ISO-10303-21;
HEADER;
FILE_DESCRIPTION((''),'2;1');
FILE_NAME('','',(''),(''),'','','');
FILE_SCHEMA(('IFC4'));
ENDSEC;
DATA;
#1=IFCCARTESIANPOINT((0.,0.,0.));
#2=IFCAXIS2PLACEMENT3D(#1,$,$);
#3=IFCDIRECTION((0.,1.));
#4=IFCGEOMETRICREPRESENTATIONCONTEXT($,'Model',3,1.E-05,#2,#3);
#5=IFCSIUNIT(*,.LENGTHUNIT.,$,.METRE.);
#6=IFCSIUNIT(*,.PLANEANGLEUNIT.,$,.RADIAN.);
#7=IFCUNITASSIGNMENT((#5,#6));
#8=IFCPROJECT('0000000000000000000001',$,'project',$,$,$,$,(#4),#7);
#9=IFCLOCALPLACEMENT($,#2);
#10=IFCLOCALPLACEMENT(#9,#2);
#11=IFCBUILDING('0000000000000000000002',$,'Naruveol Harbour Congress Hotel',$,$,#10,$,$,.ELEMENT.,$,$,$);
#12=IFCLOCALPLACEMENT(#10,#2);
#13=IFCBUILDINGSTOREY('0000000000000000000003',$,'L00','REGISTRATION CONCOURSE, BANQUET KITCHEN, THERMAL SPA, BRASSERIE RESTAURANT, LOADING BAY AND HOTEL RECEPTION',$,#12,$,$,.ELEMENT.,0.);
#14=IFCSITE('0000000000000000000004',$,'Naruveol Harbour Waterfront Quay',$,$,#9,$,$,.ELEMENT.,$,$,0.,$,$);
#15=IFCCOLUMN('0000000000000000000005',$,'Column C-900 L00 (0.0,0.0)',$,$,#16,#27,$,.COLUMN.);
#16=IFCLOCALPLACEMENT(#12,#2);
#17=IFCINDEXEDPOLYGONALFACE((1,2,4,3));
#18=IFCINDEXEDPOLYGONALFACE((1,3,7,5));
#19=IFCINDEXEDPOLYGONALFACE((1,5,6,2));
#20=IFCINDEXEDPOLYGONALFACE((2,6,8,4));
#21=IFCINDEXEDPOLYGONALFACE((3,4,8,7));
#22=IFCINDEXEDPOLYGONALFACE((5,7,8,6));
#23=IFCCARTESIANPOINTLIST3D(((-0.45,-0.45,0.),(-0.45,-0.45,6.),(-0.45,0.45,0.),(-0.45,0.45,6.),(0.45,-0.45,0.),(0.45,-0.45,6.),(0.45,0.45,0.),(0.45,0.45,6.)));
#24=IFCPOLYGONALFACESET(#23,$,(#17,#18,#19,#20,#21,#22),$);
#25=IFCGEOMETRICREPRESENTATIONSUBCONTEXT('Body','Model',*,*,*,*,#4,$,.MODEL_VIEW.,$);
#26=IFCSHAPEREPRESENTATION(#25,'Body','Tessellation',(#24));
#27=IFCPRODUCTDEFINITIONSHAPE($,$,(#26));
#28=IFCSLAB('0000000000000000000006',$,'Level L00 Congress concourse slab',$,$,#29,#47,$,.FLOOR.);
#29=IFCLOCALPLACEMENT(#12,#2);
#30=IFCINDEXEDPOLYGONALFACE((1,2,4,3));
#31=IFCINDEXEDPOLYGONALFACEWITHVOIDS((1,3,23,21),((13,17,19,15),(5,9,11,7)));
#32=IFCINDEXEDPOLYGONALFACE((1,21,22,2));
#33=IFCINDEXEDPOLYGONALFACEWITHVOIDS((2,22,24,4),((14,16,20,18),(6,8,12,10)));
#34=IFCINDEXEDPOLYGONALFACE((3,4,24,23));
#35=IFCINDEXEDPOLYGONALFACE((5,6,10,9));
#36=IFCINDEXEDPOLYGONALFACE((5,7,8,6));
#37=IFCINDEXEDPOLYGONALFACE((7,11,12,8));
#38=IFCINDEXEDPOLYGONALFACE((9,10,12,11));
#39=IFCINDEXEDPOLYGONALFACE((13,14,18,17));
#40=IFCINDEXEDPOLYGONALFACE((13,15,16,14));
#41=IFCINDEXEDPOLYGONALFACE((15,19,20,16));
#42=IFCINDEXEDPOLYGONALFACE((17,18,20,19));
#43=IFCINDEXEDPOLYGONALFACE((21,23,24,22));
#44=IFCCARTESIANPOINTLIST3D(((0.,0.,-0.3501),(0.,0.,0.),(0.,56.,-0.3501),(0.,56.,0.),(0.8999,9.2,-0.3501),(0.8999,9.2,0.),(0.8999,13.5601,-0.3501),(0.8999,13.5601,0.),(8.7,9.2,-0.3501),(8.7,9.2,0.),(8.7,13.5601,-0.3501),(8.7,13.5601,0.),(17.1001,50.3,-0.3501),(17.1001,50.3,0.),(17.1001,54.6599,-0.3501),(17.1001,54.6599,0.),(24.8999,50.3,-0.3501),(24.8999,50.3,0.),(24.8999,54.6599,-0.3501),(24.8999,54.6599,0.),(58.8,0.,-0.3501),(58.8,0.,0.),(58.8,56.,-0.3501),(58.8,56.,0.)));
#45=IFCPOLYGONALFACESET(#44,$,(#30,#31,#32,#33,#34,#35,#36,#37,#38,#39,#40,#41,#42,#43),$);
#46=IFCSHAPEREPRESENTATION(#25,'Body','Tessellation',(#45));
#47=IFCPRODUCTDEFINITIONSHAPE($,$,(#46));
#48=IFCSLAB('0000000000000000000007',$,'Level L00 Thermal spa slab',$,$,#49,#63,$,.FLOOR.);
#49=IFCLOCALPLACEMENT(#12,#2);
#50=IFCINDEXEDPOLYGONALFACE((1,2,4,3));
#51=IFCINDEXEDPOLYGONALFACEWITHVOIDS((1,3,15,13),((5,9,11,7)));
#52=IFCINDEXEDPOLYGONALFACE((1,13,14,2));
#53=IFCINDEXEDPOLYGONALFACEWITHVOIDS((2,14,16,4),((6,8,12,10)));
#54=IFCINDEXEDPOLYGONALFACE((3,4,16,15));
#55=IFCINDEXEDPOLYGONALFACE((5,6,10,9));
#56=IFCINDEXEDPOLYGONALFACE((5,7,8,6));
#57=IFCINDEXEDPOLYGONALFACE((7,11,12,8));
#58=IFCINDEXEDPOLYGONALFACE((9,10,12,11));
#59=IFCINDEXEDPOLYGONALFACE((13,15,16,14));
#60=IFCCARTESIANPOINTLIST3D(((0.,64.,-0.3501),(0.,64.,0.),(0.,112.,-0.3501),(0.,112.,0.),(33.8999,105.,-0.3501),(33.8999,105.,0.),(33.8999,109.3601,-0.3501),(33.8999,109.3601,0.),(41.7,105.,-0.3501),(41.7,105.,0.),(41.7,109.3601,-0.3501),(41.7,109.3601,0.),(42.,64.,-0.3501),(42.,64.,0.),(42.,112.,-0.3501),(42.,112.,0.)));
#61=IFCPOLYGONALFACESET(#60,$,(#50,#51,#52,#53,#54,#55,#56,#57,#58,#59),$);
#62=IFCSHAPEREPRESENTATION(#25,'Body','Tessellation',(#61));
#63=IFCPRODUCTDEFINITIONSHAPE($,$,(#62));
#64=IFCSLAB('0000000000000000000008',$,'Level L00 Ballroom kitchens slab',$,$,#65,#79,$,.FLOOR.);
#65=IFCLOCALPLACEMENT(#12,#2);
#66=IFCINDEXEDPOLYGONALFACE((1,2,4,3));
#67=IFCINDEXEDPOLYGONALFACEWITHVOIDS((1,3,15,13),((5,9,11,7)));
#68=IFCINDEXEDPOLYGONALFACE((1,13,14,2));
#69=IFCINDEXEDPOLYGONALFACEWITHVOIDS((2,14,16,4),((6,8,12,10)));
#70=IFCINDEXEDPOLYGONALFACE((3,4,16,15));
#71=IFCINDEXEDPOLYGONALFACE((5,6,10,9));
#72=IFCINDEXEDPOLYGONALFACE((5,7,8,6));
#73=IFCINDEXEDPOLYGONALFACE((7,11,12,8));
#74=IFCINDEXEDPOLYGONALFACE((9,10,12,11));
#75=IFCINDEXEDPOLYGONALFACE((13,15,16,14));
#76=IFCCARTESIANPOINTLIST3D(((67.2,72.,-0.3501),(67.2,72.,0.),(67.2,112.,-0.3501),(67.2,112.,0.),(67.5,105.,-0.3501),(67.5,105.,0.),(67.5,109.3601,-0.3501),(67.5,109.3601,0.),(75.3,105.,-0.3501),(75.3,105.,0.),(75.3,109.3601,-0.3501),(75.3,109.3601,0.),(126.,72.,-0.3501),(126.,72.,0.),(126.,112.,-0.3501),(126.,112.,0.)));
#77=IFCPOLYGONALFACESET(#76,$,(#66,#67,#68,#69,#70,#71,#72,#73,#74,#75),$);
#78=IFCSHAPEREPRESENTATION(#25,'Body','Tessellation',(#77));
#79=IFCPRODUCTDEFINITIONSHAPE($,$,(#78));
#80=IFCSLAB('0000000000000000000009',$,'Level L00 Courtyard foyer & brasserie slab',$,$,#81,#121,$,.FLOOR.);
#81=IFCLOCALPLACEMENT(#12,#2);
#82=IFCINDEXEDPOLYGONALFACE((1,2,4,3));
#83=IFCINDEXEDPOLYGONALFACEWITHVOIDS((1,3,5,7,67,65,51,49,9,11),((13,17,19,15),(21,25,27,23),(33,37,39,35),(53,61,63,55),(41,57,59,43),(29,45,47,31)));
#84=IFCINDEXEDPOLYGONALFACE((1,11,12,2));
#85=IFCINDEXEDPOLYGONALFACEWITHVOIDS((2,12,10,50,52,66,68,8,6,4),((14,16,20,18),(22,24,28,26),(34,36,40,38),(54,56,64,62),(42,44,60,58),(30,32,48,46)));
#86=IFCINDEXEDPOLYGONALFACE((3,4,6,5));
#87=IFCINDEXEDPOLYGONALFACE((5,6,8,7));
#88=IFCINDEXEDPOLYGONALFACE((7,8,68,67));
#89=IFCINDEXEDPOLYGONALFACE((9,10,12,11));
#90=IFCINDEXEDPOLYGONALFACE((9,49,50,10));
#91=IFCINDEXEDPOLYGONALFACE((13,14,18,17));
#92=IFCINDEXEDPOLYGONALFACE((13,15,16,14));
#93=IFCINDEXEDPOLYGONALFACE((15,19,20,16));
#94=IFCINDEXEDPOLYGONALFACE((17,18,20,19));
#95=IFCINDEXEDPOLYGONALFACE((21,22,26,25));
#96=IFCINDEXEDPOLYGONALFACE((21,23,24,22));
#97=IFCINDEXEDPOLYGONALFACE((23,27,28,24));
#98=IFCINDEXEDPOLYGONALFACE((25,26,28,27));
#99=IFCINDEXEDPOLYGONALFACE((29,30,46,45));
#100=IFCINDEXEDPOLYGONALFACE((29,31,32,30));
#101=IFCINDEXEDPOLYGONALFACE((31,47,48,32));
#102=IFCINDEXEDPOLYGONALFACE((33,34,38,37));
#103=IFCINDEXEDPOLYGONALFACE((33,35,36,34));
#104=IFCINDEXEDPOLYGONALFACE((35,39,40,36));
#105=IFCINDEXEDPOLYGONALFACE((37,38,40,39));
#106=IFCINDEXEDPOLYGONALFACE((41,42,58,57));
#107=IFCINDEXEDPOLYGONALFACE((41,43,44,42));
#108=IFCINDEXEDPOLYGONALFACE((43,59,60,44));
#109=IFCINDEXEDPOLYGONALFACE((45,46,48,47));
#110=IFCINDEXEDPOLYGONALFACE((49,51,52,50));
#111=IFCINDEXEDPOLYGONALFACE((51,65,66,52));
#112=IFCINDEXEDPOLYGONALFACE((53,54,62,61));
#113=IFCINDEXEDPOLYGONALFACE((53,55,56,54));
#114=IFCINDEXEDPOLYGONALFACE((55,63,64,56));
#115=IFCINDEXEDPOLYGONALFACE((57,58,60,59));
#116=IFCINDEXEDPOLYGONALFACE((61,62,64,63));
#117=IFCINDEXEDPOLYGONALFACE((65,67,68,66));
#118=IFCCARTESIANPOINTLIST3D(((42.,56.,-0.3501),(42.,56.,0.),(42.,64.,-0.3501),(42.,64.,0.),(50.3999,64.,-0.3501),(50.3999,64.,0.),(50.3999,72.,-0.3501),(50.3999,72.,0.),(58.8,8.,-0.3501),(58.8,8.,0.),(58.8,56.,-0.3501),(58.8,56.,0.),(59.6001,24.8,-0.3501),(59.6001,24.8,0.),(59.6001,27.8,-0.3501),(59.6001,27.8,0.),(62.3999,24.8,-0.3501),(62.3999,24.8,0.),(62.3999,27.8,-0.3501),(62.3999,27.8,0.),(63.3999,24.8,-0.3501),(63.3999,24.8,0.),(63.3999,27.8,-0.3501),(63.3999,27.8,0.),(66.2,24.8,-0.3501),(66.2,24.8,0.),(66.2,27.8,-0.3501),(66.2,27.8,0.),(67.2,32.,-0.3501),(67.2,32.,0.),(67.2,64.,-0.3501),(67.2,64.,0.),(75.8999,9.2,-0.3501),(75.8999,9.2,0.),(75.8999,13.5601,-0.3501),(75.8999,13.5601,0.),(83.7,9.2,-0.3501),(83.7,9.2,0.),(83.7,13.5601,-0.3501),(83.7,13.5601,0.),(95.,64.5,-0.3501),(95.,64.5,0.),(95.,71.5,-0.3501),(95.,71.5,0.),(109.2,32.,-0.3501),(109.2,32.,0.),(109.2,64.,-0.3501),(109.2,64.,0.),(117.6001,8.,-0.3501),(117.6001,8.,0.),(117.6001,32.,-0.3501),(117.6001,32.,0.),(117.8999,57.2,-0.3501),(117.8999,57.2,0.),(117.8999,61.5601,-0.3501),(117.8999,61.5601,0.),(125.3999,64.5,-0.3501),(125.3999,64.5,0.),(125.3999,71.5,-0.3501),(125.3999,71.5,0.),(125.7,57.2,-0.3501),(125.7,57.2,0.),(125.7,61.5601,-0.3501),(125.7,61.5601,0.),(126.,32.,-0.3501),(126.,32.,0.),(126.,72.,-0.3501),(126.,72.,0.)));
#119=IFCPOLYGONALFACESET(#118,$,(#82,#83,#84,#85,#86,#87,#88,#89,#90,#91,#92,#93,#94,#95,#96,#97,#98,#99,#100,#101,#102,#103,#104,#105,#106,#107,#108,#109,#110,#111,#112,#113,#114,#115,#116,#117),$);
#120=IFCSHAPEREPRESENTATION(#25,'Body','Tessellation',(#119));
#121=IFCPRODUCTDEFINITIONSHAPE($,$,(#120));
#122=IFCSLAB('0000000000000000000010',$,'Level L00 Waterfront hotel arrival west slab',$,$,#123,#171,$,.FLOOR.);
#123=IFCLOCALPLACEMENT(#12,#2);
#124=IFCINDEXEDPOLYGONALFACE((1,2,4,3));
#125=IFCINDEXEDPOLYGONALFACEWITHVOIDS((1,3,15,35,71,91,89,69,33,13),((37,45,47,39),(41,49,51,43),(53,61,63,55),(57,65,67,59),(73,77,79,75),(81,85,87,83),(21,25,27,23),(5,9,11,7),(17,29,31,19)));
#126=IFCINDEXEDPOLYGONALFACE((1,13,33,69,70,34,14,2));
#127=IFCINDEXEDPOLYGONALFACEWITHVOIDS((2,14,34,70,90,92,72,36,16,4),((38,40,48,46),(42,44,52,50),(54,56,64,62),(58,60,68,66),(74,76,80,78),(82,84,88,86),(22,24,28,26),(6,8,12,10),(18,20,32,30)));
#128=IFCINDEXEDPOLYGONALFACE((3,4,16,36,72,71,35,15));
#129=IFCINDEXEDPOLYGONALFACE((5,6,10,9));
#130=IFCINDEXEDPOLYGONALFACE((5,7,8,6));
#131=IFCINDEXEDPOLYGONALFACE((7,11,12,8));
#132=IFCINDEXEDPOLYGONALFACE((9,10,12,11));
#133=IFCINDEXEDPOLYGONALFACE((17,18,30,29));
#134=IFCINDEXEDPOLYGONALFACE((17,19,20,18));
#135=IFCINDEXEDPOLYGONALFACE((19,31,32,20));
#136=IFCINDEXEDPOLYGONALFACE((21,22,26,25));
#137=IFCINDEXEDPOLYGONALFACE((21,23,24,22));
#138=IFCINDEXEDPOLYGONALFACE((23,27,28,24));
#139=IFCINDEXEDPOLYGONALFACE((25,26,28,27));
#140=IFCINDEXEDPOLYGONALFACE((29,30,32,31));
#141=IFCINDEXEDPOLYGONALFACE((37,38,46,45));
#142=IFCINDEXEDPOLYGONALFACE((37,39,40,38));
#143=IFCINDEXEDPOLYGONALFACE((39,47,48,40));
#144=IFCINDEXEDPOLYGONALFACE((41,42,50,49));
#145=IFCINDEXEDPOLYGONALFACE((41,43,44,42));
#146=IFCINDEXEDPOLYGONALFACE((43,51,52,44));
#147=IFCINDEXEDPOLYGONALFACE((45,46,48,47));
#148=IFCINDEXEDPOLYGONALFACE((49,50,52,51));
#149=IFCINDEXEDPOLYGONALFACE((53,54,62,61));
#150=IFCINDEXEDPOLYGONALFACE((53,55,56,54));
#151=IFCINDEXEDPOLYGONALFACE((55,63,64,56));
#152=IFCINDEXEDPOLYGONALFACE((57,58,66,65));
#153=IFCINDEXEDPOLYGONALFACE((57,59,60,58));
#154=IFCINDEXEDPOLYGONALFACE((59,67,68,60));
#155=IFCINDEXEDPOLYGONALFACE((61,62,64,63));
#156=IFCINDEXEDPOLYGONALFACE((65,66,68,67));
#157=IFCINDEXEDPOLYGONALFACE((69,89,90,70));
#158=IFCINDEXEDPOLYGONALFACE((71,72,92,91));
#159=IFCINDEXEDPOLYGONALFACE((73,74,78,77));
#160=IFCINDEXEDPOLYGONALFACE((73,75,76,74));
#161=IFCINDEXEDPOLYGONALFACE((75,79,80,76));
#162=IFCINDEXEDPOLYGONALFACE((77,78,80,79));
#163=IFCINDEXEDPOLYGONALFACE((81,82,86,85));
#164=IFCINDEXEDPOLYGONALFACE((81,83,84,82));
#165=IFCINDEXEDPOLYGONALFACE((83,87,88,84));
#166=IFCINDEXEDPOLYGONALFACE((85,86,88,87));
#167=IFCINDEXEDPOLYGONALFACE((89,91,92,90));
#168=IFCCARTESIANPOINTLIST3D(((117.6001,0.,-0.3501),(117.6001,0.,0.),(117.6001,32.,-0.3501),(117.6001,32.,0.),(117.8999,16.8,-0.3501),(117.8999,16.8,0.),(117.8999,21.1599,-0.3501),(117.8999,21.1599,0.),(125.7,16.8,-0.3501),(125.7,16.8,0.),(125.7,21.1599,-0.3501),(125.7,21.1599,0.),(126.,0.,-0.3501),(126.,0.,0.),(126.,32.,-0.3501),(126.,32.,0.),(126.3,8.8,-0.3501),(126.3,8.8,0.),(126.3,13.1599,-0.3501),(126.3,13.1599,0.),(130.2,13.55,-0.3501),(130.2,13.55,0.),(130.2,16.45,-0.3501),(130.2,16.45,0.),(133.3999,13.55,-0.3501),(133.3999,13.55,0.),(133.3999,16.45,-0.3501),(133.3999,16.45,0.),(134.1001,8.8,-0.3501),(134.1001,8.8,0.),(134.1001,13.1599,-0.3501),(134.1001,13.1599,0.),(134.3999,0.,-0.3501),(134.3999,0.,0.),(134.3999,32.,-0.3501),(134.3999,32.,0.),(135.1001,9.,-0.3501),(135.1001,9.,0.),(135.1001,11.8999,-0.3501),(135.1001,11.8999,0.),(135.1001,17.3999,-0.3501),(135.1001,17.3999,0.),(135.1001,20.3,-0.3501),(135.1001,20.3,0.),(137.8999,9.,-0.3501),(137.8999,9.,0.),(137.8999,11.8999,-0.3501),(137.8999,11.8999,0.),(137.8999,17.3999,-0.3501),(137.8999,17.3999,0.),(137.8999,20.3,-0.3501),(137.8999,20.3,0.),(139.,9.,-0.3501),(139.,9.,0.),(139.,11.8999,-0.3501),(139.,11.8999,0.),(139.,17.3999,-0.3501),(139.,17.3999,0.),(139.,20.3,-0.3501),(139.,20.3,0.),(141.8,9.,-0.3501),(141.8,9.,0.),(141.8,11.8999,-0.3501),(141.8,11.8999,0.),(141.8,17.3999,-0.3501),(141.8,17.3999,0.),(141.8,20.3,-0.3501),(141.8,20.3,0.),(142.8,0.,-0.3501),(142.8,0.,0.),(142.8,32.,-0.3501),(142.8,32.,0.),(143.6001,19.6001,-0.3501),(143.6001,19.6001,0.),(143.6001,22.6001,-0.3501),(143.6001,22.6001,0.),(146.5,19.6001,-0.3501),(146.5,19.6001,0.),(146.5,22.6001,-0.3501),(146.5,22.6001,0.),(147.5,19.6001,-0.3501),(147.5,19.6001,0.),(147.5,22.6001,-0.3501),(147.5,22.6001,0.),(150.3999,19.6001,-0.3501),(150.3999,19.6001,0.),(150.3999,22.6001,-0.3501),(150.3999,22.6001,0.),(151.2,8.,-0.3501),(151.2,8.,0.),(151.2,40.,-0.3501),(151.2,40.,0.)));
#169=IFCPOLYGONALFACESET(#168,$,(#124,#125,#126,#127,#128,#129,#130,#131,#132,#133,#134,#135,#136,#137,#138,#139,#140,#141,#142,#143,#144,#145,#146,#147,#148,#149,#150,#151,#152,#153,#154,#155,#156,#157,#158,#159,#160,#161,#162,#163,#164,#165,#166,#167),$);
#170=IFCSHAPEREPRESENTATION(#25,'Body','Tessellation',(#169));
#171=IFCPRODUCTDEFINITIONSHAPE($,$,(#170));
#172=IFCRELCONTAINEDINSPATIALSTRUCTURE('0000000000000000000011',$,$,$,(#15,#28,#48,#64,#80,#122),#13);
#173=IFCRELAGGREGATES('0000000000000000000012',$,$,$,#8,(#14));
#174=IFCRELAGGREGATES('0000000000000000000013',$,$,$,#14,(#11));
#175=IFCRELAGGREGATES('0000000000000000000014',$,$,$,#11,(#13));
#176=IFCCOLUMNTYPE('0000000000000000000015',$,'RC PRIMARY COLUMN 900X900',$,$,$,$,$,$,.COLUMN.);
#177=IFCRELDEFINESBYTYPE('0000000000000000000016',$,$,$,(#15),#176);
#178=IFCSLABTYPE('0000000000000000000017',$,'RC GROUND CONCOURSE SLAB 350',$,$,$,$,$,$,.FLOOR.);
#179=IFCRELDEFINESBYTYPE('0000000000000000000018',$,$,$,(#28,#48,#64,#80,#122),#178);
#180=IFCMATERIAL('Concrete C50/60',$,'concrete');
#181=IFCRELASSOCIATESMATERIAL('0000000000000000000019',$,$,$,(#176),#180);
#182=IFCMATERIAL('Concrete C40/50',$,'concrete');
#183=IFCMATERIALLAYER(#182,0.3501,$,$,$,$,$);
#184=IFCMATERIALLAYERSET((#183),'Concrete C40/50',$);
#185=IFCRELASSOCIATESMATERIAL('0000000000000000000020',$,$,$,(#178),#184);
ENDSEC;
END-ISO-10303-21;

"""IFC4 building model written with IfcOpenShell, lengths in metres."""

from ifc_helpers import new_model, si_unit, direction, frame, origin, origin_with_axes, origin_2d, place, context, subcontext, project, spatial, polyline, rectangle, outline, extrude, material, layer, layer_set, material_profile, profile_set, type_object, element, save


model = new_model("IFC4")

# Units and contexts
model_context = context("Model", 3, precision=1e-05, world=origin(), true_north=direction((0.0, 1.0)))
body_context = subcontext(model_context, "Body", "Model", "MODEL_VIEW")
ifc_project = project(units=[si_unit("LENGTHUNIT", "METRE"), si_unit("PLANEANGLEUNIT", "RADIAN")], contexts=[model_context])

# Site, building, storey
site_placement = place(None, origin())
site = spatial("IfcSite", under=ifc_project, at=site_placement, Name="Naruveol Harbour Waterfront Quay", CompositionType="ELEMENT", RefElevation=0.0)
building_placement = place(site_placement, origin())
building = spatial("IfcBuilding", under=site, at=building_placement, Name="Naruveol Harbour Congress Hotel", CompositionType="ELEMENT")
storey_placement = place(building_placement, origin())
storey = spatial("IfcBuildingStorey", under=building, at=storey_placement, Name="L00", Description="REGISTRATION CONCOURSE, BANQUET KITCHEN, THERMAL SPA, BRASSERIE RESTAURANT, LOADING BAY AND HOTEL RECEPTION", CompositionType="ELEMENT", Elevation=0.0)

# Column
ifc_material_1 = material(Name="Concrete C50/60", Category="concrete")
ifc_material_profile = material_profile(ifc_material_1, rectangle(XDim=0.8999, YDim=0.8999, at=origin_2d()), Name="RC-900x900")
ifc_profile_set = profile_set([ifc_material_profile], Name="Concrete C50/60")
column_type = type_object("IfcColumnType", Name="RC PRIMARY COLUMN 900X900", PredefinedType="COLUMN", material=ifc_profile_set)
column_placement = place(storey_placement, origin_with_axes())
element("IfcColumn", 1, at=column_placement, inside=storey, type_object=column_type, Name="Column C-900 L00 (0.0,0.0)", PredefinedType="COLUMN", context=body_context, shape_type="SweptSolid", body=[
    extrude(rectangle(XDim=0.8999, YDim=0.8999, at=origin_2d()), origin(), (0.0, 0.0, 1.0), 6.0),
])

# Slabs
ifc_material_2 = material(Name="Concrete C40/50", Category="concrete")
ifc_layer_1 = layer(ifc_material_2, 0.3501)
ifc_layer_set_1 = layer_set([ifc_layer_1], Name="Concrete C40/50")
slab_type_1 = type_object("IfcSlabType", Name="RC GROUND CONCOURSE SLAB 350", PredefinedType="FLOOR", material=ifc_layer_set_1)
slab_1_placement = place(storey_placement, frame((0.0, 0.0, -0.3501)))
element("IfcSlab", 2, at=slab_1_placement, inside=storey, type_object=slab_type_1, Name="Level L00 Congress concourse slab", PredefinedType="FLOOR", context=body_context, shape_type="SweptSolid", body=[
    extrude(outline(polyline([(0.0, 0.0), (58.8, 0.0), (58.8, 56.0), (0.0, 56.0), (0.0, 0.0)]), holes=[polyline([(0.8999, 9.2), (8.7, 9.2), (8.7, 13.5601), (0.8999, 13.5601), (0.8999, 9.2)]), polyline([(17.1001, 50.3), (24.8999, 50.3), (24.8999, 54.6599), (17.1001, 54.6599), (17.1001, 50.3)])]), origin(), (0.0, 0.0, 1.0), 0.3501),
])
slab_2_placement = place(storey_placement, frame((0.0, 0.0, -0.3501)))
element("IfcSlab", 3, at=slab_2_placement, inside=storey, type_object=slab_type_1, Name="Level L00 Thermal spa slab", PredefinedType="FLOOR", context=body_context, shape_type="SweptSolid", body=[
    extrude(outline(polyline([(0.0, 64.0), (42.0, 64.0), (42.0, 112.0), (0.0, 112.0), (0.0, 64.0)]), holes=[polyline([(33.8999, 105.0), (41.7, 105.0), (41.7, 109.3601), (33.8999, 109.3601), (33.8999, 105.0)])]), origin(), (0.0, 0.0, 1.0), 0.3501),
])
slab_3_placement = place(storey_placement, frame((0.0, 0.0, -0.3501)))
element("IfcSlab", 4, at=slab_3_placement, inside=storey, type_object=slab_type_1, Name="Level L00 Ballroom kitchens slab", PredefinedType="FLOOR", context=body_context, shape_type="SweptSolid", body=[
    extrude(outline(polyline([(67.2, 72.0), (126.0, 72.0), (126.0, 112.0), (67.2, 112.0), (67.2, 72.0)]), holes=[polyline([(67.5, 105.0), (75.3, 105.0), (75.3, 109.3601), (67.5, 109.3601), (67.5, 105.0)])]), origin(), (0.0, 0.0, 1.0), 0.3501),
])
slab_4_placement = place(storey_placement, frame((0.0, 0.0, -0.3501)))
element("IfcSlab", 5, at=slab_4_placement, inside=storey, type_object=slab_type_1, Name="Level L00 Courtyard foyer & brasserie slab", PredefinedType="FLOOR", context=body_context, shape_type="SweptSolid", body=[
    extrude(outline(polyline([(58.8, 8.0), (117.6001, 8.0), (117.6001, 32.0), (126.0, 32.0), (126.0, 72.0), (50.3999, 72.0), (50.3999, 64.0), (42.0, 64.0), (42.0, 56.0), (58.8, 56.0), (58.8, 8.0)]), holes=[polyline([(67.2, 32.0), (109.2, 32.0), (109.2, 64.0), (67.2, 64.0), (67.2, 32.0)]), polyline([(95.0, 64.5), (125.3999, 64.5), (125.3999, 71.5), (95.0, 71.5), (95.0, 64.5)]), polyline([(117.8999, 57.2), (125.7, 57.2), (125.7, 61.5601), (117.8999, 61.5601), (117.8999, 57.2)]), polyline([(75.8999, 9.2), (83.7, 9.2), (83.7, 13.5601), (75.8999, 13.5601), (75.8999, 9.2)]), polyline([(59.6001, 24.8), (62.3999, 24.8), (62.3999, 27.8), (59.6001, 27.8), (59.6001, 24.8)]), polyline([(63.3999, 24.8), (66.2, 24.8), (66.2, 27.8), (63.3999, 27.8), (63.3999, 24.8)])]), origin(), (0.0, 0.0, 1.0), 0.3501),
])
slab_5_placement = place(storey_placement, frame((0.0, 0.0, -0.3501)))
element("IfcSlab", 6, at=slab_5_placement, inside=storey, type_object=slab_type_1, Name="Level L00 Waterfront hotel arrival west slab", PredefinedType="FLOOR", context=body_context, shape_type="SweptSolid", body=[
    extrude(outline(polyline([(117.6001, 0.0), (126.0, 0.0), (134.3999, 0.0), (142.8, 0.0), (151.2, 8.0), (151.2, 40.0), (142.8, 32.0), (134.3999, 32.0), (126.0, 32.0), (117.6001, 32.0), (117.6001, 0.0)]), holes=[polyline([(126.3, 8.8), (134.1001, 8.8), (134.1001, 13.1599), (126.3, 13.1599), (126.3, 8.8)]), polyline([(117.8999, 16.8), (125.7, 16.8), (125.7, 21.1599), (117.8999, 21.1599), (117.8999, 16.8)]), polyline([(135.1001, 17.3999), (137.8999, 17.3999), (137.8999, 20.3), (135.1001, 20.3), (135.1001, 17.3999)]), polyline([(139.0, 17.3999), (141.8, 17.3999), (141.8, 20.3), (139.0, 20.3), (139.0, 17.3999)]), polyline([(135.1001, 9.0), (137.8999, 9.0), (137.8999, 11.8999), (135.1001, 11.8999), (135.1001, 9.0)]), polyline([(139.0, 9.0), (141.8, 9.0), (141.8, 11.8999), (139.0, 11.8999), (139.0, 9.0)]), polyline([(130.2, 13.55), (133.3999, 13.55), (133.3999, 16.45), (130.2, 16.45), (130.2, 13.55)]), polyline([(143.6001, 19.6001), (146.5, 19.6001), (146.5, 22.6001), (143.6001, 22.6001), (143.6001, 19.6001)]), polyline([(147.5, 19.6001), (150.3999, 19.6001), (150.3999, 22.6001), (147.5, 22.6001), (147.5, 19.6001)])]), origin(), (0.0, 0.0, 1.0), 0.3501),
])

save(model, "model.ifc")
